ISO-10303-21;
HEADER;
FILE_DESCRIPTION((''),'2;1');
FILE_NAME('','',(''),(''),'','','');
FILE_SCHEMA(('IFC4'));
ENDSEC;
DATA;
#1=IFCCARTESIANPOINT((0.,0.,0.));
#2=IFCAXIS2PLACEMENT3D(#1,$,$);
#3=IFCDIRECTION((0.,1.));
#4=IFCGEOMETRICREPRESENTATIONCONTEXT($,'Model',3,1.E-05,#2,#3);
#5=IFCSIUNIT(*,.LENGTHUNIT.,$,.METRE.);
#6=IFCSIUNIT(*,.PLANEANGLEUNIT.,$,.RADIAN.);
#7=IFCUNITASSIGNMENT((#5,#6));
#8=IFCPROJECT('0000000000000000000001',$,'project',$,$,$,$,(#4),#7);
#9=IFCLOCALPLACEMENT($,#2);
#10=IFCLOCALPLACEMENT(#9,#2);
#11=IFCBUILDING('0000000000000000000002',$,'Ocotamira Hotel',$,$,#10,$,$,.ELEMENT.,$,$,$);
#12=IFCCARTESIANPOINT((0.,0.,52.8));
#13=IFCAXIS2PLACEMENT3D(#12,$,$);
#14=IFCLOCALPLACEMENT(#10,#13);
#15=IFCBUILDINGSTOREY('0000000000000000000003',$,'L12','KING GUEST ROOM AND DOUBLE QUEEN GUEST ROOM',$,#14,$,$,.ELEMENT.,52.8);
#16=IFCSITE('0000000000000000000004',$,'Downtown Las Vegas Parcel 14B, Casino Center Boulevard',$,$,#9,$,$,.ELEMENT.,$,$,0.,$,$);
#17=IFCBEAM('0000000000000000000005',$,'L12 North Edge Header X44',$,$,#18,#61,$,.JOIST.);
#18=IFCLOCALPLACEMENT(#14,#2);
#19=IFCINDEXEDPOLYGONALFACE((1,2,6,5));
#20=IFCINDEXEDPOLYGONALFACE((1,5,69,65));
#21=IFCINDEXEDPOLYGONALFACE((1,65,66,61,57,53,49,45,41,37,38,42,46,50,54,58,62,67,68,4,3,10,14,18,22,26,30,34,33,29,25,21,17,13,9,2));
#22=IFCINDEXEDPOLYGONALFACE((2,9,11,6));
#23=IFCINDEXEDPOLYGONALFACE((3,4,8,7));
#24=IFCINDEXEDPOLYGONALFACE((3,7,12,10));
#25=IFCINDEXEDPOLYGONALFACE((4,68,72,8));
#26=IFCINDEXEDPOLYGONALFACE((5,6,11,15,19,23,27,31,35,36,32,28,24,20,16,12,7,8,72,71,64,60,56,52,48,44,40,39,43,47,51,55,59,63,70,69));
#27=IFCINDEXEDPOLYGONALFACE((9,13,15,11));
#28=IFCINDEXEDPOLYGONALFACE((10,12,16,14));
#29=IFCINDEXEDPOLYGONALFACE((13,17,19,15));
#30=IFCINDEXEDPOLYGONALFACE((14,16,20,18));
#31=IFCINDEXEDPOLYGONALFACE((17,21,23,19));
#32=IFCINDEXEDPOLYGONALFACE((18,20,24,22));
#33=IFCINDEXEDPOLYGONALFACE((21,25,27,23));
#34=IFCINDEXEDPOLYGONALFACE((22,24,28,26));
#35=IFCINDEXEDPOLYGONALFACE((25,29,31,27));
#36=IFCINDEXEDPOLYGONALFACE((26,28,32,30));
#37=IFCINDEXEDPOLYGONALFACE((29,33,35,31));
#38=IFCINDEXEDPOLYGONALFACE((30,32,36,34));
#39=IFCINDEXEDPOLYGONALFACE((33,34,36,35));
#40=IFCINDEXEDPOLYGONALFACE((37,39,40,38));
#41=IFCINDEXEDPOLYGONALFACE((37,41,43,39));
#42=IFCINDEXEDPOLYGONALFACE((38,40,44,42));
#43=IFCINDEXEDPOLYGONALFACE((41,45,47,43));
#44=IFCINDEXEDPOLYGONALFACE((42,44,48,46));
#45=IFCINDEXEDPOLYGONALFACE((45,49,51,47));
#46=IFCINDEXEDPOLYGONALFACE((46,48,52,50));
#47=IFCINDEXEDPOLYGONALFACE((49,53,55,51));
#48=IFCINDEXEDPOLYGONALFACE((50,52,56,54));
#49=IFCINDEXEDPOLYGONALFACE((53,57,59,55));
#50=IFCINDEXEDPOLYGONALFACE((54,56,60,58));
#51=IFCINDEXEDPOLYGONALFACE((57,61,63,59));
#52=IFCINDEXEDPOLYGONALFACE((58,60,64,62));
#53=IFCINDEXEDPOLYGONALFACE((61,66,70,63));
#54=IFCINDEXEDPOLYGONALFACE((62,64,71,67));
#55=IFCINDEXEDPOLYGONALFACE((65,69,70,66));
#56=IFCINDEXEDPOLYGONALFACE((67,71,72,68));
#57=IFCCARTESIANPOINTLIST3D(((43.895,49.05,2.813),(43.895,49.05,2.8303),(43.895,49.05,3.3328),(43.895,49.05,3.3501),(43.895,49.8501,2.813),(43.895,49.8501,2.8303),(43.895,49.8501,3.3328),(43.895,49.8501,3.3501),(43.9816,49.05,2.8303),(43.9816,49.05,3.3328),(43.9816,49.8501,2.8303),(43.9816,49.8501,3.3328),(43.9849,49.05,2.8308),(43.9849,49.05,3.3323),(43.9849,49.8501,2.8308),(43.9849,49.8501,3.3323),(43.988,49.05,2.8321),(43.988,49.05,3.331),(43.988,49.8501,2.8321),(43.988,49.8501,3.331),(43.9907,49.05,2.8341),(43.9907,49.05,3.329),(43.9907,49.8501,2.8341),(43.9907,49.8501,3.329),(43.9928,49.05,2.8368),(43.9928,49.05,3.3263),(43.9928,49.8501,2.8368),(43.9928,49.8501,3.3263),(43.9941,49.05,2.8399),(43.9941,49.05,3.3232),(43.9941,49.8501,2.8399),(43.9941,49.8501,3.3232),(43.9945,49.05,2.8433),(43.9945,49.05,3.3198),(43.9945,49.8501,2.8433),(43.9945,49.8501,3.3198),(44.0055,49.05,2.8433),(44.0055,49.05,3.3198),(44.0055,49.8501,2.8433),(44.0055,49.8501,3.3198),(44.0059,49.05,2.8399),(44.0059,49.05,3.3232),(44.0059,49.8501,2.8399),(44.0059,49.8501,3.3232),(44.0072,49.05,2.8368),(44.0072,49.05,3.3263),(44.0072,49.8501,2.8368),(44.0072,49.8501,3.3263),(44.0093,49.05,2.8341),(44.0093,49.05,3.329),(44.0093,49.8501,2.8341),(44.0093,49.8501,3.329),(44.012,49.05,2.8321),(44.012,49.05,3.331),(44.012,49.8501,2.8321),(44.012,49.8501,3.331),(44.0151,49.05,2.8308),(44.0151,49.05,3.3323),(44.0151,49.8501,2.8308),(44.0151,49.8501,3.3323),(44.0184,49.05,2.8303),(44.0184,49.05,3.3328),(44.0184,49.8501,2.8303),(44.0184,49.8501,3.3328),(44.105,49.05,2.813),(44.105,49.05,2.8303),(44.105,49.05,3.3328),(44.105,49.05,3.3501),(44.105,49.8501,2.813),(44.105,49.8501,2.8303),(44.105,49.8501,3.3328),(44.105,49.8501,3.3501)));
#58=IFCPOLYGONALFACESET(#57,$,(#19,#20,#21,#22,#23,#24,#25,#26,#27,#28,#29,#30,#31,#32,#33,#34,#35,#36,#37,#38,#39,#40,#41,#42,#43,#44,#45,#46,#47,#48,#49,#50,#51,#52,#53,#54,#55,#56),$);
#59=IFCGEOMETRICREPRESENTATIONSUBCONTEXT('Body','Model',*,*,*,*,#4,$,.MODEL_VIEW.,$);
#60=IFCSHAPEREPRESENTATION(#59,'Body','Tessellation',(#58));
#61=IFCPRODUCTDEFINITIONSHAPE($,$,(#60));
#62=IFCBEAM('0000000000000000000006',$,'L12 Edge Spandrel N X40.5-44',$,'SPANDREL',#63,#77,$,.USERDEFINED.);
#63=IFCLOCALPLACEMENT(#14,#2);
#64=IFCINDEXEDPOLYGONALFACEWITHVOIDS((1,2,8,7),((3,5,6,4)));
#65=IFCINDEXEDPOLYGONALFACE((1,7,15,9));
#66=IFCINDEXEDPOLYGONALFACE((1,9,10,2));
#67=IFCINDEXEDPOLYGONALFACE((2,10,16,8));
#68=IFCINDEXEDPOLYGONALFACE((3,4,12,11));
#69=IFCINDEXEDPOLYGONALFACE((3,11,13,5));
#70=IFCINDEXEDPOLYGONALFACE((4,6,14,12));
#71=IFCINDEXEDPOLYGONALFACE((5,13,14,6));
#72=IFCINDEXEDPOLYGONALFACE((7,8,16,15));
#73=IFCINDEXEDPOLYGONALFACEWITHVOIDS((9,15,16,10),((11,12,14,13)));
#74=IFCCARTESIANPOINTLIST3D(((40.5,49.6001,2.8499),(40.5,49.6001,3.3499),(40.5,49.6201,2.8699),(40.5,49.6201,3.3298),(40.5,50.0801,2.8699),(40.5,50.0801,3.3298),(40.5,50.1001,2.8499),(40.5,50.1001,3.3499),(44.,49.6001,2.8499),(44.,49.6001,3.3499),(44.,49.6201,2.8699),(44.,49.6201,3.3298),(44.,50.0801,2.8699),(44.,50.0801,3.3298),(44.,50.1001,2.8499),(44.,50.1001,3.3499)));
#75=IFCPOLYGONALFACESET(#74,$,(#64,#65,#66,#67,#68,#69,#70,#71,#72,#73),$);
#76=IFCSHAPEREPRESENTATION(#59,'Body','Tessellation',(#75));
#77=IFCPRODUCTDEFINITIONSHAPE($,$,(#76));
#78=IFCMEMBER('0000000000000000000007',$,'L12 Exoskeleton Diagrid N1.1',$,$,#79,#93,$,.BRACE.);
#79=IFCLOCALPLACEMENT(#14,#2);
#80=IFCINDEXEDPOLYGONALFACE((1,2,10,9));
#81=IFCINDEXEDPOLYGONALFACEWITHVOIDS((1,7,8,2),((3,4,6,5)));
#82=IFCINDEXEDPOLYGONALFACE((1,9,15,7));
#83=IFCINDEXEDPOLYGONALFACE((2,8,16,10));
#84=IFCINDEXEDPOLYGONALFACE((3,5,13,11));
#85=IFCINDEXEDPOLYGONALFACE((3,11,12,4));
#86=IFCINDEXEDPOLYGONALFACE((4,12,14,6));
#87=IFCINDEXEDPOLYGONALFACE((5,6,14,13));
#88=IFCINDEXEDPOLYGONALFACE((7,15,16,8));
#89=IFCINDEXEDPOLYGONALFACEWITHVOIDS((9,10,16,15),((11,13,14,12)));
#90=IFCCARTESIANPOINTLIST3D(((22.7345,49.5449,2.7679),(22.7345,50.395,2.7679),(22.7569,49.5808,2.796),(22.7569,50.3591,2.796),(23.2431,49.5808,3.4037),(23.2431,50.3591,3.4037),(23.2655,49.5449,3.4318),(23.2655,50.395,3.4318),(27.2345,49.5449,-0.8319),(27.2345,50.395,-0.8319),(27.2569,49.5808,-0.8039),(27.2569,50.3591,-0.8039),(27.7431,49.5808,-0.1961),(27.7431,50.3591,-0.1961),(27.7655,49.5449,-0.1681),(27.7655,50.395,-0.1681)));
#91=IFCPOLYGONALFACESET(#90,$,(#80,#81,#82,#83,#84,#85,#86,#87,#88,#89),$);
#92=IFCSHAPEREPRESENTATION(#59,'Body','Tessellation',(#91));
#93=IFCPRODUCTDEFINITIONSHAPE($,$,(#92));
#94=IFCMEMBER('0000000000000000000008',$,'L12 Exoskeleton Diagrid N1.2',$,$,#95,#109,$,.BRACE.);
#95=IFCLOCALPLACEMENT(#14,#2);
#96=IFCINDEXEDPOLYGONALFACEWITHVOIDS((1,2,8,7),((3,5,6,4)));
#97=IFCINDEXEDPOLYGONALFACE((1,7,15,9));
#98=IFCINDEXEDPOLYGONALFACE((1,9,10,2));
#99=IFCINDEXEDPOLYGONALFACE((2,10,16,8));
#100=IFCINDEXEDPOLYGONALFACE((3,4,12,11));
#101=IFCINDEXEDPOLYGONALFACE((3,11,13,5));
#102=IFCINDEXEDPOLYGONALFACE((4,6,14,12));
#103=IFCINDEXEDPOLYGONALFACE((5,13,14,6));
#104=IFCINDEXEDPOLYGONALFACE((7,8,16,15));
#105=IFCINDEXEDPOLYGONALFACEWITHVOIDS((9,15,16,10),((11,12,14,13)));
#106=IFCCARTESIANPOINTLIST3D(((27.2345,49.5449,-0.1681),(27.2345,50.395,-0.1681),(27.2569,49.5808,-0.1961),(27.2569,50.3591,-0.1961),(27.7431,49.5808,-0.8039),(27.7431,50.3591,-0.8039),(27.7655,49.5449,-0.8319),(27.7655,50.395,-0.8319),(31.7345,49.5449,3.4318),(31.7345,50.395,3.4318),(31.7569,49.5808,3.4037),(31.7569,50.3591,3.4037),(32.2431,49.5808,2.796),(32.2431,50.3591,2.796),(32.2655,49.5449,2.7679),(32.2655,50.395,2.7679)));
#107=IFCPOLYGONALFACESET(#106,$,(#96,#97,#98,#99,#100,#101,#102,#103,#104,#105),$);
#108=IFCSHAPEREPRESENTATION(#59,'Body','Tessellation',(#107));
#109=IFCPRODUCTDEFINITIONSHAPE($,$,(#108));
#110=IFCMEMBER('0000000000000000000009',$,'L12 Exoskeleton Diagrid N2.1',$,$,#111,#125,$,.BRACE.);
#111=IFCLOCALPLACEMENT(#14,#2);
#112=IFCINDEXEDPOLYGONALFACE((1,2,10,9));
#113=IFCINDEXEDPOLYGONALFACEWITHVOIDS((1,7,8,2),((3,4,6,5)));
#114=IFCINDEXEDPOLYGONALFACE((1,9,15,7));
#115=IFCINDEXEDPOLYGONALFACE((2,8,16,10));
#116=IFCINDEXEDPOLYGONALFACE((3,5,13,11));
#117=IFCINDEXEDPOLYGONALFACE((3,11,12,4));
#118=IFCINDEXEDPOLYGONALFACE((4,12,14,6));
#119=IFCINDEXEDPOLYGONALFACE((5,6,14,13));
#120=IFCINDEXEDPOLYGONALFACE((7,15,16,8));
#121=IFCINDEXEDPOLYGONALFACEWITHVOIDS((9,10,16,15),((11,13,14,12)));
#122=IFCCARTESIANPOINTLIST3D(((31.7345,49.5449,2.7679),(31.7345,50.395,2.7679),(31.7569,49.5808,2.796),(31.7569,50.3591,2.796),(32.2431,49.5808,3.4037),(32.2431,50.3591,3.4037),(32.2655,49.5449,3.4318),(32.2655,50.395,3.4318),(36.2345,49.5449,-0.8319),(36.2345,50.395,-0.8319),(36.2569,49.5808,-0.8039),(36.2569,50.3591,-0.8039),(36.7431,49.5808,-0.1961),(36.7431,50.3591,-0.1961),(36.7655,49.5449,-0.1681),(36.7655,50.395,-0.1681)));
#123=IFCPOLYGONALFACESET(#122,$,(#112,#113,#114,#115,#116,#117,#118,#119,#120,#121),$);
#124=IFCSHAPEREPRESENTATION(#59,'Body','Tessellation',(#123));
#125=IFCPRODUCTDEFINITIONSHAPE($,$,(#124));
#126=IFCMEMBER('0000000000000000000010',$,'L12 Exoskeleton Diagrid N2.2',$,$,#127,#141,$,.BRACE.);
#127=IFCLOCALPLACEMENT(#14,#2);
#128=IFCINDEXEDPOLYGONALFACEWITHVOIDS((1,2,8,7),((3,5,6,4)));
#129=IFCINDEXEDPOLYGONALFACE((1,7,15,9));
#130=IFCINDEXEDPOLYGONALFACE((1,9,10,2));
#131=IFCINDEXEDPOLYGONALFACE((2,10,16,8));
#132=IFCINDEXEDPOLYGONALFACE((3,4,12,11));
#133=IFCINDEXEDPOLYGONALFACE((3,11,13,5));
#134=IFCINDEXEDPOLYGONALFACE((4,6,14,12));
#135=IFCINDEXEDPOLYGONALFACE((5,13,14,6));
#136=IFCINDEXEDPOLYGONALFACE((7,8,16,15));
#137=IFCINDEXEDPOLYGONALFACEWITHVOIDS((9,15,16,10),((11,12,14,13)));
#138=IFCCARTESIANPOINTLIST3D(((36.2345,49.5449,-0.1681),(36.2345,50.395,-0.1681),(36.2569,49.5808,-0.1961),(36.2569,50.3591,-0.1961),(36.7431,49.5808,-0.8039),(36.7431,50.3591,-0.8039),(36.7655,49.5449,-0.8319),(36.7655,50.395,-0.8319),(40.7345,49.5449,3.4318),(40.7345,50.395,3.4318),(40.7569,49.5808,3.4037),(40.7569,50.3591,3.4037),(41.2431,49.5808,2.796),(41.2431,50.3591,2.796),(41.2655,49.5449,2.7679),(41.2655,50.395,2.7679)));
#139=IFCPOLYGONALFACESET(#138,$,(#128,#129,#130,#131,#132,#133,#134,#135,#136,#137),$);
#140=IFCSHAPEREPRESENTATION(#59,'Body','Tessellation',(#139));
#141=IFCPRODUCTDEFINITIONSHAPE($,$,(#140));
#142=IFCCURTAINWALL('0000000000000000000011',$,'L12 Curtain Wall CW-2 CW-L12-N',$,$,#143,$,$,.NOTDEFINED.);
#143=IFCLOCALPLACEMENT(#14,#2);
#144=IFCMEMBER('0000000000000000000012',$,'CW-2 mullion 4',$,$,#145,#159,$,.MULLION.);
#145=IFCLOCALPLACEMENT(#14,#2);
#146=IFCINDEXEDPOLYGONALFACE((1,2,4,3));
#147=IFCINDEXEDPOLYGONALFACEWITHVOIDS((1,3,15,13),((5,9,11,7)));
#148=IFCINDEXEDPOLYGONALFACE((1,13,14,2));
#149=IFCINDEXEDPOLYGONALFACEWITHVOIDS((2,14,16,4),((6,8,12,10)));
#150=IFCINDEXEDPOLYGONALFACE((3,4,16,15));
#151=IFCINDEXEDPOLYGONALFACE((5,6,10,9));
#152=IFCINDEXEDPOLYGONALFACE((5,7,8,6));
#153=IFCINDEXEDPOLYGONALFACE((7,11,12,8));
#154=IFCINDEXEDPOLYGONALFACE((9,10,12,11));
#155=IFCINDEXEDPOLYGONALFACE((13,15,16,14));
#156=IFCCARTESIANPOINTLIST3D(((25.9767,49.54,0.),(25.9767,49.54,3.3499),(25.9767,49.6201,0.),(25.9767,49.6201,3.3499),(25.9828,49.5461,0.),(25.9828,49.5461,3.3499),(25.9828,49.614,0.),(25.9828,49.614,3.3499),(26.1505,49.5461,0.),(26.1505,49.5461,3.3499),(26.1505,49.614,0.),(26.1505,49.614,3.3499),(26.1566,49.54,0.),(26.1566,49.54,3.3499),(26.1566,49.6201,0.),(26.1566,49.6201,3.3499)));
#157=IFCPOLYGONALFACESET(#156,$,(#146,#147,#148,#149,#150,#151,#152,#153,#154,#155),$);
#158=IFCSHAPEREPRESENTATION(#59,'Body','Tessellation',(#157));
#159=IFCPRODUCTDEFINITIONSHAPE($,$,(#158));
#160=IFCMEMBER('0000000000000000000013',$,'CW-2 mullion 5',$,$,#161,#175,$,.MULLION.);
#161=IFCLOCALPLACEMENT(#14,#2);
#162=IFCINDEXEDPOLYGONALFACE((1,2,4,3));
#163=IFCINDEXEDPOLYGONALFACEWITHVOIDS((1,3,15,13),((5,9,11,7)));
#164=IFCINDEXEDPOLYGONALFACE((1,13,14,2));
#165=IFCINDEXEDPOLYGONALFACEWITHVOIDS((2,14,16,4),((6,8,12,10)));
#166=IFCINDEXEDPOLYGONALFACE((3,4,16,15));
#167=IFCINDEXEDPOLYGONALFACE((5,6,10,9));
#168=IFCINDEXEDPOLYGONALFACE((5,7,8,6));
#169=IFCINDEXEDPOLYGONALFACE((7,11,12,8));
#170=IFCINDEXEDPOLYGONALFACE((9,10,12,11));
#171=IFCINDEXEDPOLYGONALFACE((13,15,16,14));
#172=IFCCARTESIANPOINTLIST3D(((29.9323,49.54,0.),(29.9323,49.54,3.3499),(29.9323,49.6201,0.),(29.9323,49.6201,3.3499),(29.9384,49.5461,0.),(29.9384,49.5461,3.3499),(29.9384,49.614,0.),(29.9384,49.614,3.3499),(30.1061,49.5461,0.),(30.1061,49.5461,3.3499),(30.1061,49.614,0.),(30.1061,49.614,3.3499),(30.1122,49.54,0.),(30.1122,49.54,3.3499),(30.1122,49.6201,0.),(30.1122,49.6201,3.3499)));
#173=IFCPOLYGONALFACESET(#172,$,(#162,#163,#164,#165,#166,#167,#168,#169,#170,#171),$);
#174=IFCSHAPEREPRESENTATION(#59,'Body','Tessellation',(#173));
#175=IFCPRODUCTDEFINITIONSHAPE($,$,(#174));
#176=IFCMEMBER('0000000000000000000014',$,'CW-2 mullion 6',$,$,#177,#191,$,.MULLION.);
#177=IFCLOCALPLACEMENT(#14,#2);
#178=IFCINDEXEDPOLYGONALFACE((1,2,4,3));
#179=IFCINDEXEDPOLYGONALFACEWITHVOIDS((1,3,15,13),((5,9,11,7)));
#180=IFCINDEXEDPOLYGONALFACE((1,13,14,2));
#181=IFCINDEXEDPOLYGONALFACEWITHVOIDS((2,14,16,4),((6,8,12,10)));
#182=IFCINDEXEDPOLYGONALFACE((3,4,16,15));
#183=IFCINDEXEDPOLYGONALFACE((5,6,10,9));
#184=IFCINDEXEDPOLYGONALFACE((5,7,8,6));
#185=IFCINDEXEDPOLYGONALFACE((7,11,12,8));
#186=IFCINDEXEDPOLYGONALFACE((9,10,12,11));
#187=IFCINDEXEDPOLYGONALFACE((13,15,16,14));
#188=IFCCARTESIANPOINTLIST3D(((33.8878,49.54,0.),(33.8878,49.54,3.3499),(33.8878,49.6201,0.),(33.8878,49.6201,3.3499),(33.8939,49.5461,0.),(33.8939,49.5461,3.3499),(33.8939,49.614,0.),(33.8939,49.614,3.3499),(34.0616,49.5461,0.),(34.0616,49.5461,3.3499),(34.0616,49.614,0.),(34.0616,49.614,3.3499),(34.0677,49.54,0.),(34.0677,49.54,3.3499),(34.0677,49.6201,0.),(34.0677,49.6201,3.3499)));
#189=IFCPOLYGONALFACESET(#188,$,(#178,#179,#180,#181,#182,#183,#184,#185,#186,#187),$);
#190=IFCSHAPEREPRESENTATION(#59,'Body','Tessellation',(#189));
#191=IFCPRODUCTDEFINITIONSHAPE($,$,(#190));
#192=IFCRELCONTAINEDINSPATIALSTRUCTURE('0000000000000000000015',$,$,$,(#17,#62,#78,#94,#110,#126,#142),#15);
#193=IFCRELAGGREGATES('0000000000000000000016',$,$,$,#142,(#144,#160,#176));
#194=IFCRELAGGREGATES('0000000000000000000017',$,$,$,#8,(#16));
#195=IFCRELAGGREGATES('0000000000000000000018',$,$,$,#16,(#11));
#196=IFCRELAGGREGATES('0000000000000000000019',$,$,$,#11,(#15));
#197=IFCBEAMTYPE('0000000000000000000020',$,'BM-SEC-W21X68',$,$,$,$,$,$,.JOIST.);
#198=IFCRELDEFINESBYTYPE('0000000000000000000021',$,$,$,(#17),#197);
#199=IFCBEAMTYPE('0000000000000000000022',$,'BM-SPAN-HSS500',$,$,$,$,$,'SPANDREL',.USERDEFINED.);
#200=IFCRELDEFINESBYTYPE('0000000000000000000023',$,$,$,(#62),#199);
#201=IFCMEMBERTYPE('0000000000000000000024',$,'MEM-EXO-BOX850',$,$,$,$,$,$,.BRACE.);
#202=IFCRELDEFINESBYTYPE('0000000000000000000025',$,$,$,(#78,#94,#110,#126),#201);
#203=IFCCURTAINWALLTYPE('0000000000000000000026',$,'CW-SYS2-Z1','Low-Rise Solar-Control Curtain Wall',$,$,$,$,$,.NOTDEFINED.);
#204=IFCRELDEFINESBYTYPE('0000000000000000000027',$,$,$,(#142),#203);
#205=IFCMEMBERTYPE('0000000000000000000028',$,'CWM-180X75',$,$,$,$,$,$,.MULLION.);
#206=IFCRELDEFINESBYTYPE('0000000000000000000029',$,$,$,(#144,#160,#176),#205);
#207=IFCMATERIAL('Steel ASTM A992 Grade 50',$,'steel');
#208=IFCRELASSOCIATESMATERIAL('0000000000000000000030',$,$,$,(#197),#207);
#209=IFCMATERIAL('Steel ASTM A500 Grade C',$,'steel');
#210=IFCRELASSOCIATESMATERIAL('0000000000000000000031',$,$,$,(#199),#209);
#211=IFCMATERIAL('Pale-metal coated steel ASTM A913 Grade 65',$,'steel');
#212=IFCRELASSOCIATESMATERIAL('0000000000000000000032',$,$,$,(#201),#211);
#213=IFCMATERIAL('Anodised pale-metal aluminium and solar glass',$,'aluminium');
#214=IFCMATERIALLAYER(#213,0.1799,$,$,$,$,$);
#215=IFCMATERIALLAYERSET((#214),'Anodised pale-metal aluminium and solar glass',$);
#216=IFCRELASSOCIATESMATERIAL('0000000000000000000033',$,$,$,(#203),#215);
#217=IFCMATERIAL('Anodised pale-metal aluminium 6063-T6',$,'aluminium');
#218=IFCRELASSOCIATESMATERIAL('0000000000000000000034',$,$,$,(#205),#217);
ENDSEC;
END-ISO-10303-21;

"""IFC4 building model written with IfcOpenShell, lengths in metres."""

from ifc_helpers import new_model, si_unit, direction, frame, origin, origin_2d, place, context, subcontext, project, spatial, hollow_rectangle, i_section, extrude, source, transform, mapped, material, layer, layer_set, material_profile, profile_set, type_object, element, aggregate, save


model = new_model("IFC4")

# Units and contexts
model_context = context("Model", 3, precision=1e-05, world=origin(), true_north=direction((0.0, 1.0)))
body_context = subcontext(model_context, "Body", "Model", "MODEL_VIEW")
ifc_project = project(units=[si_unit("LENGTHUNIT", "METRE"), si_unit("PLANEANGLEUNIT", "RADIAN")], contexts=[model_context])

# Site, building, storey
site_placement = place(None, origin())
site = spatial("IfcSite", under=ifc_project, at=site_placement, Name="Downtown Las Vegas Parcel 14B, Casino Center Boulevard", CompositionType="ELEMENT", RefElevation=0.0)
building_placement = place(site_placement, origin())
building = spatial("IfcBuilding", under=site, at=building_placement, Name="Ocotamira Hotel", CompositionType="ELEMENT")
storey_placement = place(building_placement, frame((0.0, 0.0, 52.8)))
storey = spatial("IfcBuildingStorey", under=building, at=storey_placement, Name="L12", Description="KING GUEST ROOM AND DOUBLE QUEEN GUEST ROOM", CompositionType="ELEMENT", Elevation=52.8)

# Beams
ifc_material_1 = material(Name="Steel ASTM A992 Grade 50", Category="steel")
ifc_material_profile_1 = material_profile(ifc_material_1, i_section(OverallWidth=0.21, OverallDepth=0.5371, WebThickness=0.011, FlangeThickness=0.0173, FilletRadius=0.0129, at=origin_2d()), Name="W21X68")
ifc_profile_set_1 = profile_set([ifc_material_profile_1], Name="Steel ASTM A992 Grade 50")
beam_type_1 = type_object("IfcBeamType", Name="BM-SEC-W21X68", PredefinedType="JOIST", material=ifc_profile_set_1)
shared_shape_1 = source(origin(), body_context, "Body", "SweptSolid", [
    extrude(i_section(OverallWidth=0.21, OverallDepth=0.5371, WebThickness=0.011, FlangeThickness=0.0173, FilletRadius=0.0129, at=origin_2d()), origin(), (0.0, 0.0, 1.0), 0.8),
])
beam_1_placement = place(storey_placement, frame((44.0, 49.05, 3.0815), z_axis=(0.0, 1.0, 0.0), x_axis=(-1.0, 0.0, 0.0)))
element("IfcBeam", 1, at=beam_1_placement, inside=storey, type_object=beam_type_1, Name="L12 North Edge Header X44", PredefinedType="JOIST", context=body_context, shape_type="MappedRepresentation", body=[
    mapped(shared_shape_1, transform((0.0, 0.0, 0.0), scale=1.0)),
])
ifc_material_2 = material(Name="Steel ASTM A500 Grade C", Category="steel")
ifc_material_profile_2 = material_profile(ifc_material_2, hollow_rectangle(XDim=0.5, YDim=0.5, WallThickness=0.02, at=origin_2d()), Name="HSS500X500X20")
ifc_profile_set_2 = profile_set([ifc_material_profile_2], Name="Steel ASTM A500 Grade C")
beam_type_2 = type_object("IfcBeamType", Name="BM-SPAN-HSS500", ElementType="SPANDREL", PredefinedType="USERDEFINED", material=ifc_profile_set_2)
shared_shape_2 = source(origin(), body_context, "Body", "SweptSolid", [
    extrude(hollow_rectangle(XDim=0.5, YDim=0.5, WallThickness=0.02, at=origin_2d()), origin(), (0.0, 0.0, 1.0), 3.5),
])
beam_2_placement = place(storey_placement, frame((40.5, 49.8501, 3.0999), z_axis=(1.0, 0.0, 0.0), x_axis=(0.0, 1.0, 0.0)))
element("IfcBeam", 2, at=beam_2_placement, inside=storey, type_object=beam_type_2, Name="L12 Edge Spandrel N X40.5-44", ObjectType="SPANDREL", PredefinedType="USERDEFINED", context=body_context, shape_type="MappedRepresentation", body=[
    mapped(shared_shape_2, transform((0.0, 0.0, 0.0), scale=1.0)),
])

# Members
ifc_material_3 = material(Name="Pale-metal coated steel ASTM A913 Grade 65", Category="steel")
ifc_material_profile_3 = material_profile(ifc_material_3, hollow_rectangle(XDim=0.8501, YDim=0.8501, WallThickness=0.0359, at=origin_2d()), Name="BOX850X850X36")
ifc_profile_set_3 = profile_set([ifc_material_profile_3], Name="Pale-metal coated steel ASTM A913 Grade 65")
member_type_1 = type_object("IfcMemberType", Name="MEM-EXO-BOX850", PredefinedType="BRACE", material=ifc_profile_set_3)
shared_shape_3 = source(origin(), body_context, "Body", "SweptSolid", [
    extrude(hollow_rectangle(XDim=0.8501, YDim=0.8501, WallThickness=0.0359, at=origin_2d()), origin(), (0.0, 0.0, 1.0), 5.7627),
])
for number, where, z_axis, x_axis, name in (
    (3, (27.5, 49.97, -0.5), (-0.780881, 0.0, 0.62468), (0.0, -1.0, 0.0), "L12 Exoskeleton Diagrid N1.1"),
    (4, (27.5, 49.97, -0.5), (0.780881, 0.0, 0.62468), (0.0, 1.0, 0.0), "L12 Exoskeleton Diagrid N1.2"),
    (5, (36.5, 49.97, -0.5), (-0.780881, 0.0, 0.62468), (0.0, -1.0, 0.0), "L12 Exoskeleton Diagrid N2.1"),
    (6, (36.5, 49.97, -0.5), (0.780881, 0.0, 0.62468), (0.0, 1.0, 0.0), "L12 Exoskeleton Diagrid N2.2"),
):
    element("IfcMember", number, at=place(storey_placement, frame(where, z_axis=z_axis, x_axis=x_axis)), inside=storey, type_object=member_type_1, Name=name, PredefinedType="BRACE", context=body_context, shape_type="MappedRepresentation", body=[
        mapped(shared_shape_3, transform((0.0, 0.0, 0.0), scale=1.0)),
    ])

# Curtain wall, members
ifc_material_4 = material(Name="Anodised pale-metal aluminium and solar glass", Category="aluminium")
ifc_layer_1 = layer(ifc_material_4, 0.1799)
ifc_layer_set_1 = layer_set([ifc_layer_1], Name="Anodised pale-metal aluminium and solar glass")
curtain_wall_type = type_object("IfcCurtainWallType", Name="CW-SYS2-Z1", Description="Low-Rise Solar-Control Curtain Wall", PredefinedType="NOTDEFINED", material=ifc_layer_set_1)
curtain_wall_placement = place(storey_placement, origin())
curtain_wall = element("IfcCurtainWall", 7, at=curtain_wall_placement, inside=storey, type_object=curtain_wall_type, Name="L12 Curtain Wall CW-2 CW-L12-N", PredefinedType="NOTDEFINED")
ifc_material_5 = material(Name="Anodised pale-metal aluminium 6063-T6", Category="aluminium")
ifc_material_profile_4 = material_profile(ifc_material_5, hollow_rectangle(XDim=0.0801, YDim=0.1799, WallThickness=0.0061, at=origin_2d()), Name="HSS180X80X6")
ifc_profile_set_4 = profile_set([ifc_material_profile_4], Name="Anodised pale-metal aluminium 6063-T6")
member_type_2 = type_object("IfcMemberType", Name="CWM-180X75", PredefinedType="MULLION", material=ifc_profile_set_4)
shared_shape_4 = source(origin(), body_context, "Body", "SweptSolid", [
    extrude(hollow_rectangle(XDim=0.0801, YDim=0.1799, WallThickness=0.0061, at=origin_2d()), origin(), (0.0, 0.0, 1.0), 3.3499),
])
member_1_placement = place(storey_placement, frame((26.0667, 49.5801, 0.0), z_axis=(0.0, 0.0, 1.0), x_axis=(0.0, 1.0, 0.0)))
member_1 = element("IfcMember", 8, at=member_1_placement, type_object=member_type_2, Name="CW-2 mullion 4", PredefinedType="MULLION", context=body_context, shape_type="MappedRepresentation", body=[
    mapped(shared_shape_4, transform((0.0, 0.0, 0.0), scale=1.0)),
])
member_2_placement = place(storey_placement, frame((30.0222, 49.5801, 0.0), z_axis=(0.0, 0.0, 1.0), x_axis=(0.0, 1.0, 0.0)))
member_2 = element("IfcMember", 9, at=member_2_placement, type_object=member_type_2, Name="CW-2 mullion 5", PredefinedType="MULLION", context=body_context, shape_type="MappedRepresentation", body=[
    mapped(shared_shape_4, transform((0.0, 0.0, 0.0), scale=1.0)),
])
member_3_placement = place(storey_placement, frame((33.9778, 49.5801, 0.0), z_axis=(0.0, 0.0, 1.0), x_axis=(0.0, 1.0, 0.0)))
member_3 = element("IfcMember", 10, at=member_3_placement, type_object=member_type_2, Name="CW-2 mullion 6", PredefinedType="MULLION", context=body_context, shape_type="MappedRepresentation", body=[
    mapped(shared_shape_4, transform((0.0, 0.0, 0.0), scale=1.0)),
])

aggregate(curtain_wall, [member_1, member_2, member_3])

save(model, "model.ifc")
